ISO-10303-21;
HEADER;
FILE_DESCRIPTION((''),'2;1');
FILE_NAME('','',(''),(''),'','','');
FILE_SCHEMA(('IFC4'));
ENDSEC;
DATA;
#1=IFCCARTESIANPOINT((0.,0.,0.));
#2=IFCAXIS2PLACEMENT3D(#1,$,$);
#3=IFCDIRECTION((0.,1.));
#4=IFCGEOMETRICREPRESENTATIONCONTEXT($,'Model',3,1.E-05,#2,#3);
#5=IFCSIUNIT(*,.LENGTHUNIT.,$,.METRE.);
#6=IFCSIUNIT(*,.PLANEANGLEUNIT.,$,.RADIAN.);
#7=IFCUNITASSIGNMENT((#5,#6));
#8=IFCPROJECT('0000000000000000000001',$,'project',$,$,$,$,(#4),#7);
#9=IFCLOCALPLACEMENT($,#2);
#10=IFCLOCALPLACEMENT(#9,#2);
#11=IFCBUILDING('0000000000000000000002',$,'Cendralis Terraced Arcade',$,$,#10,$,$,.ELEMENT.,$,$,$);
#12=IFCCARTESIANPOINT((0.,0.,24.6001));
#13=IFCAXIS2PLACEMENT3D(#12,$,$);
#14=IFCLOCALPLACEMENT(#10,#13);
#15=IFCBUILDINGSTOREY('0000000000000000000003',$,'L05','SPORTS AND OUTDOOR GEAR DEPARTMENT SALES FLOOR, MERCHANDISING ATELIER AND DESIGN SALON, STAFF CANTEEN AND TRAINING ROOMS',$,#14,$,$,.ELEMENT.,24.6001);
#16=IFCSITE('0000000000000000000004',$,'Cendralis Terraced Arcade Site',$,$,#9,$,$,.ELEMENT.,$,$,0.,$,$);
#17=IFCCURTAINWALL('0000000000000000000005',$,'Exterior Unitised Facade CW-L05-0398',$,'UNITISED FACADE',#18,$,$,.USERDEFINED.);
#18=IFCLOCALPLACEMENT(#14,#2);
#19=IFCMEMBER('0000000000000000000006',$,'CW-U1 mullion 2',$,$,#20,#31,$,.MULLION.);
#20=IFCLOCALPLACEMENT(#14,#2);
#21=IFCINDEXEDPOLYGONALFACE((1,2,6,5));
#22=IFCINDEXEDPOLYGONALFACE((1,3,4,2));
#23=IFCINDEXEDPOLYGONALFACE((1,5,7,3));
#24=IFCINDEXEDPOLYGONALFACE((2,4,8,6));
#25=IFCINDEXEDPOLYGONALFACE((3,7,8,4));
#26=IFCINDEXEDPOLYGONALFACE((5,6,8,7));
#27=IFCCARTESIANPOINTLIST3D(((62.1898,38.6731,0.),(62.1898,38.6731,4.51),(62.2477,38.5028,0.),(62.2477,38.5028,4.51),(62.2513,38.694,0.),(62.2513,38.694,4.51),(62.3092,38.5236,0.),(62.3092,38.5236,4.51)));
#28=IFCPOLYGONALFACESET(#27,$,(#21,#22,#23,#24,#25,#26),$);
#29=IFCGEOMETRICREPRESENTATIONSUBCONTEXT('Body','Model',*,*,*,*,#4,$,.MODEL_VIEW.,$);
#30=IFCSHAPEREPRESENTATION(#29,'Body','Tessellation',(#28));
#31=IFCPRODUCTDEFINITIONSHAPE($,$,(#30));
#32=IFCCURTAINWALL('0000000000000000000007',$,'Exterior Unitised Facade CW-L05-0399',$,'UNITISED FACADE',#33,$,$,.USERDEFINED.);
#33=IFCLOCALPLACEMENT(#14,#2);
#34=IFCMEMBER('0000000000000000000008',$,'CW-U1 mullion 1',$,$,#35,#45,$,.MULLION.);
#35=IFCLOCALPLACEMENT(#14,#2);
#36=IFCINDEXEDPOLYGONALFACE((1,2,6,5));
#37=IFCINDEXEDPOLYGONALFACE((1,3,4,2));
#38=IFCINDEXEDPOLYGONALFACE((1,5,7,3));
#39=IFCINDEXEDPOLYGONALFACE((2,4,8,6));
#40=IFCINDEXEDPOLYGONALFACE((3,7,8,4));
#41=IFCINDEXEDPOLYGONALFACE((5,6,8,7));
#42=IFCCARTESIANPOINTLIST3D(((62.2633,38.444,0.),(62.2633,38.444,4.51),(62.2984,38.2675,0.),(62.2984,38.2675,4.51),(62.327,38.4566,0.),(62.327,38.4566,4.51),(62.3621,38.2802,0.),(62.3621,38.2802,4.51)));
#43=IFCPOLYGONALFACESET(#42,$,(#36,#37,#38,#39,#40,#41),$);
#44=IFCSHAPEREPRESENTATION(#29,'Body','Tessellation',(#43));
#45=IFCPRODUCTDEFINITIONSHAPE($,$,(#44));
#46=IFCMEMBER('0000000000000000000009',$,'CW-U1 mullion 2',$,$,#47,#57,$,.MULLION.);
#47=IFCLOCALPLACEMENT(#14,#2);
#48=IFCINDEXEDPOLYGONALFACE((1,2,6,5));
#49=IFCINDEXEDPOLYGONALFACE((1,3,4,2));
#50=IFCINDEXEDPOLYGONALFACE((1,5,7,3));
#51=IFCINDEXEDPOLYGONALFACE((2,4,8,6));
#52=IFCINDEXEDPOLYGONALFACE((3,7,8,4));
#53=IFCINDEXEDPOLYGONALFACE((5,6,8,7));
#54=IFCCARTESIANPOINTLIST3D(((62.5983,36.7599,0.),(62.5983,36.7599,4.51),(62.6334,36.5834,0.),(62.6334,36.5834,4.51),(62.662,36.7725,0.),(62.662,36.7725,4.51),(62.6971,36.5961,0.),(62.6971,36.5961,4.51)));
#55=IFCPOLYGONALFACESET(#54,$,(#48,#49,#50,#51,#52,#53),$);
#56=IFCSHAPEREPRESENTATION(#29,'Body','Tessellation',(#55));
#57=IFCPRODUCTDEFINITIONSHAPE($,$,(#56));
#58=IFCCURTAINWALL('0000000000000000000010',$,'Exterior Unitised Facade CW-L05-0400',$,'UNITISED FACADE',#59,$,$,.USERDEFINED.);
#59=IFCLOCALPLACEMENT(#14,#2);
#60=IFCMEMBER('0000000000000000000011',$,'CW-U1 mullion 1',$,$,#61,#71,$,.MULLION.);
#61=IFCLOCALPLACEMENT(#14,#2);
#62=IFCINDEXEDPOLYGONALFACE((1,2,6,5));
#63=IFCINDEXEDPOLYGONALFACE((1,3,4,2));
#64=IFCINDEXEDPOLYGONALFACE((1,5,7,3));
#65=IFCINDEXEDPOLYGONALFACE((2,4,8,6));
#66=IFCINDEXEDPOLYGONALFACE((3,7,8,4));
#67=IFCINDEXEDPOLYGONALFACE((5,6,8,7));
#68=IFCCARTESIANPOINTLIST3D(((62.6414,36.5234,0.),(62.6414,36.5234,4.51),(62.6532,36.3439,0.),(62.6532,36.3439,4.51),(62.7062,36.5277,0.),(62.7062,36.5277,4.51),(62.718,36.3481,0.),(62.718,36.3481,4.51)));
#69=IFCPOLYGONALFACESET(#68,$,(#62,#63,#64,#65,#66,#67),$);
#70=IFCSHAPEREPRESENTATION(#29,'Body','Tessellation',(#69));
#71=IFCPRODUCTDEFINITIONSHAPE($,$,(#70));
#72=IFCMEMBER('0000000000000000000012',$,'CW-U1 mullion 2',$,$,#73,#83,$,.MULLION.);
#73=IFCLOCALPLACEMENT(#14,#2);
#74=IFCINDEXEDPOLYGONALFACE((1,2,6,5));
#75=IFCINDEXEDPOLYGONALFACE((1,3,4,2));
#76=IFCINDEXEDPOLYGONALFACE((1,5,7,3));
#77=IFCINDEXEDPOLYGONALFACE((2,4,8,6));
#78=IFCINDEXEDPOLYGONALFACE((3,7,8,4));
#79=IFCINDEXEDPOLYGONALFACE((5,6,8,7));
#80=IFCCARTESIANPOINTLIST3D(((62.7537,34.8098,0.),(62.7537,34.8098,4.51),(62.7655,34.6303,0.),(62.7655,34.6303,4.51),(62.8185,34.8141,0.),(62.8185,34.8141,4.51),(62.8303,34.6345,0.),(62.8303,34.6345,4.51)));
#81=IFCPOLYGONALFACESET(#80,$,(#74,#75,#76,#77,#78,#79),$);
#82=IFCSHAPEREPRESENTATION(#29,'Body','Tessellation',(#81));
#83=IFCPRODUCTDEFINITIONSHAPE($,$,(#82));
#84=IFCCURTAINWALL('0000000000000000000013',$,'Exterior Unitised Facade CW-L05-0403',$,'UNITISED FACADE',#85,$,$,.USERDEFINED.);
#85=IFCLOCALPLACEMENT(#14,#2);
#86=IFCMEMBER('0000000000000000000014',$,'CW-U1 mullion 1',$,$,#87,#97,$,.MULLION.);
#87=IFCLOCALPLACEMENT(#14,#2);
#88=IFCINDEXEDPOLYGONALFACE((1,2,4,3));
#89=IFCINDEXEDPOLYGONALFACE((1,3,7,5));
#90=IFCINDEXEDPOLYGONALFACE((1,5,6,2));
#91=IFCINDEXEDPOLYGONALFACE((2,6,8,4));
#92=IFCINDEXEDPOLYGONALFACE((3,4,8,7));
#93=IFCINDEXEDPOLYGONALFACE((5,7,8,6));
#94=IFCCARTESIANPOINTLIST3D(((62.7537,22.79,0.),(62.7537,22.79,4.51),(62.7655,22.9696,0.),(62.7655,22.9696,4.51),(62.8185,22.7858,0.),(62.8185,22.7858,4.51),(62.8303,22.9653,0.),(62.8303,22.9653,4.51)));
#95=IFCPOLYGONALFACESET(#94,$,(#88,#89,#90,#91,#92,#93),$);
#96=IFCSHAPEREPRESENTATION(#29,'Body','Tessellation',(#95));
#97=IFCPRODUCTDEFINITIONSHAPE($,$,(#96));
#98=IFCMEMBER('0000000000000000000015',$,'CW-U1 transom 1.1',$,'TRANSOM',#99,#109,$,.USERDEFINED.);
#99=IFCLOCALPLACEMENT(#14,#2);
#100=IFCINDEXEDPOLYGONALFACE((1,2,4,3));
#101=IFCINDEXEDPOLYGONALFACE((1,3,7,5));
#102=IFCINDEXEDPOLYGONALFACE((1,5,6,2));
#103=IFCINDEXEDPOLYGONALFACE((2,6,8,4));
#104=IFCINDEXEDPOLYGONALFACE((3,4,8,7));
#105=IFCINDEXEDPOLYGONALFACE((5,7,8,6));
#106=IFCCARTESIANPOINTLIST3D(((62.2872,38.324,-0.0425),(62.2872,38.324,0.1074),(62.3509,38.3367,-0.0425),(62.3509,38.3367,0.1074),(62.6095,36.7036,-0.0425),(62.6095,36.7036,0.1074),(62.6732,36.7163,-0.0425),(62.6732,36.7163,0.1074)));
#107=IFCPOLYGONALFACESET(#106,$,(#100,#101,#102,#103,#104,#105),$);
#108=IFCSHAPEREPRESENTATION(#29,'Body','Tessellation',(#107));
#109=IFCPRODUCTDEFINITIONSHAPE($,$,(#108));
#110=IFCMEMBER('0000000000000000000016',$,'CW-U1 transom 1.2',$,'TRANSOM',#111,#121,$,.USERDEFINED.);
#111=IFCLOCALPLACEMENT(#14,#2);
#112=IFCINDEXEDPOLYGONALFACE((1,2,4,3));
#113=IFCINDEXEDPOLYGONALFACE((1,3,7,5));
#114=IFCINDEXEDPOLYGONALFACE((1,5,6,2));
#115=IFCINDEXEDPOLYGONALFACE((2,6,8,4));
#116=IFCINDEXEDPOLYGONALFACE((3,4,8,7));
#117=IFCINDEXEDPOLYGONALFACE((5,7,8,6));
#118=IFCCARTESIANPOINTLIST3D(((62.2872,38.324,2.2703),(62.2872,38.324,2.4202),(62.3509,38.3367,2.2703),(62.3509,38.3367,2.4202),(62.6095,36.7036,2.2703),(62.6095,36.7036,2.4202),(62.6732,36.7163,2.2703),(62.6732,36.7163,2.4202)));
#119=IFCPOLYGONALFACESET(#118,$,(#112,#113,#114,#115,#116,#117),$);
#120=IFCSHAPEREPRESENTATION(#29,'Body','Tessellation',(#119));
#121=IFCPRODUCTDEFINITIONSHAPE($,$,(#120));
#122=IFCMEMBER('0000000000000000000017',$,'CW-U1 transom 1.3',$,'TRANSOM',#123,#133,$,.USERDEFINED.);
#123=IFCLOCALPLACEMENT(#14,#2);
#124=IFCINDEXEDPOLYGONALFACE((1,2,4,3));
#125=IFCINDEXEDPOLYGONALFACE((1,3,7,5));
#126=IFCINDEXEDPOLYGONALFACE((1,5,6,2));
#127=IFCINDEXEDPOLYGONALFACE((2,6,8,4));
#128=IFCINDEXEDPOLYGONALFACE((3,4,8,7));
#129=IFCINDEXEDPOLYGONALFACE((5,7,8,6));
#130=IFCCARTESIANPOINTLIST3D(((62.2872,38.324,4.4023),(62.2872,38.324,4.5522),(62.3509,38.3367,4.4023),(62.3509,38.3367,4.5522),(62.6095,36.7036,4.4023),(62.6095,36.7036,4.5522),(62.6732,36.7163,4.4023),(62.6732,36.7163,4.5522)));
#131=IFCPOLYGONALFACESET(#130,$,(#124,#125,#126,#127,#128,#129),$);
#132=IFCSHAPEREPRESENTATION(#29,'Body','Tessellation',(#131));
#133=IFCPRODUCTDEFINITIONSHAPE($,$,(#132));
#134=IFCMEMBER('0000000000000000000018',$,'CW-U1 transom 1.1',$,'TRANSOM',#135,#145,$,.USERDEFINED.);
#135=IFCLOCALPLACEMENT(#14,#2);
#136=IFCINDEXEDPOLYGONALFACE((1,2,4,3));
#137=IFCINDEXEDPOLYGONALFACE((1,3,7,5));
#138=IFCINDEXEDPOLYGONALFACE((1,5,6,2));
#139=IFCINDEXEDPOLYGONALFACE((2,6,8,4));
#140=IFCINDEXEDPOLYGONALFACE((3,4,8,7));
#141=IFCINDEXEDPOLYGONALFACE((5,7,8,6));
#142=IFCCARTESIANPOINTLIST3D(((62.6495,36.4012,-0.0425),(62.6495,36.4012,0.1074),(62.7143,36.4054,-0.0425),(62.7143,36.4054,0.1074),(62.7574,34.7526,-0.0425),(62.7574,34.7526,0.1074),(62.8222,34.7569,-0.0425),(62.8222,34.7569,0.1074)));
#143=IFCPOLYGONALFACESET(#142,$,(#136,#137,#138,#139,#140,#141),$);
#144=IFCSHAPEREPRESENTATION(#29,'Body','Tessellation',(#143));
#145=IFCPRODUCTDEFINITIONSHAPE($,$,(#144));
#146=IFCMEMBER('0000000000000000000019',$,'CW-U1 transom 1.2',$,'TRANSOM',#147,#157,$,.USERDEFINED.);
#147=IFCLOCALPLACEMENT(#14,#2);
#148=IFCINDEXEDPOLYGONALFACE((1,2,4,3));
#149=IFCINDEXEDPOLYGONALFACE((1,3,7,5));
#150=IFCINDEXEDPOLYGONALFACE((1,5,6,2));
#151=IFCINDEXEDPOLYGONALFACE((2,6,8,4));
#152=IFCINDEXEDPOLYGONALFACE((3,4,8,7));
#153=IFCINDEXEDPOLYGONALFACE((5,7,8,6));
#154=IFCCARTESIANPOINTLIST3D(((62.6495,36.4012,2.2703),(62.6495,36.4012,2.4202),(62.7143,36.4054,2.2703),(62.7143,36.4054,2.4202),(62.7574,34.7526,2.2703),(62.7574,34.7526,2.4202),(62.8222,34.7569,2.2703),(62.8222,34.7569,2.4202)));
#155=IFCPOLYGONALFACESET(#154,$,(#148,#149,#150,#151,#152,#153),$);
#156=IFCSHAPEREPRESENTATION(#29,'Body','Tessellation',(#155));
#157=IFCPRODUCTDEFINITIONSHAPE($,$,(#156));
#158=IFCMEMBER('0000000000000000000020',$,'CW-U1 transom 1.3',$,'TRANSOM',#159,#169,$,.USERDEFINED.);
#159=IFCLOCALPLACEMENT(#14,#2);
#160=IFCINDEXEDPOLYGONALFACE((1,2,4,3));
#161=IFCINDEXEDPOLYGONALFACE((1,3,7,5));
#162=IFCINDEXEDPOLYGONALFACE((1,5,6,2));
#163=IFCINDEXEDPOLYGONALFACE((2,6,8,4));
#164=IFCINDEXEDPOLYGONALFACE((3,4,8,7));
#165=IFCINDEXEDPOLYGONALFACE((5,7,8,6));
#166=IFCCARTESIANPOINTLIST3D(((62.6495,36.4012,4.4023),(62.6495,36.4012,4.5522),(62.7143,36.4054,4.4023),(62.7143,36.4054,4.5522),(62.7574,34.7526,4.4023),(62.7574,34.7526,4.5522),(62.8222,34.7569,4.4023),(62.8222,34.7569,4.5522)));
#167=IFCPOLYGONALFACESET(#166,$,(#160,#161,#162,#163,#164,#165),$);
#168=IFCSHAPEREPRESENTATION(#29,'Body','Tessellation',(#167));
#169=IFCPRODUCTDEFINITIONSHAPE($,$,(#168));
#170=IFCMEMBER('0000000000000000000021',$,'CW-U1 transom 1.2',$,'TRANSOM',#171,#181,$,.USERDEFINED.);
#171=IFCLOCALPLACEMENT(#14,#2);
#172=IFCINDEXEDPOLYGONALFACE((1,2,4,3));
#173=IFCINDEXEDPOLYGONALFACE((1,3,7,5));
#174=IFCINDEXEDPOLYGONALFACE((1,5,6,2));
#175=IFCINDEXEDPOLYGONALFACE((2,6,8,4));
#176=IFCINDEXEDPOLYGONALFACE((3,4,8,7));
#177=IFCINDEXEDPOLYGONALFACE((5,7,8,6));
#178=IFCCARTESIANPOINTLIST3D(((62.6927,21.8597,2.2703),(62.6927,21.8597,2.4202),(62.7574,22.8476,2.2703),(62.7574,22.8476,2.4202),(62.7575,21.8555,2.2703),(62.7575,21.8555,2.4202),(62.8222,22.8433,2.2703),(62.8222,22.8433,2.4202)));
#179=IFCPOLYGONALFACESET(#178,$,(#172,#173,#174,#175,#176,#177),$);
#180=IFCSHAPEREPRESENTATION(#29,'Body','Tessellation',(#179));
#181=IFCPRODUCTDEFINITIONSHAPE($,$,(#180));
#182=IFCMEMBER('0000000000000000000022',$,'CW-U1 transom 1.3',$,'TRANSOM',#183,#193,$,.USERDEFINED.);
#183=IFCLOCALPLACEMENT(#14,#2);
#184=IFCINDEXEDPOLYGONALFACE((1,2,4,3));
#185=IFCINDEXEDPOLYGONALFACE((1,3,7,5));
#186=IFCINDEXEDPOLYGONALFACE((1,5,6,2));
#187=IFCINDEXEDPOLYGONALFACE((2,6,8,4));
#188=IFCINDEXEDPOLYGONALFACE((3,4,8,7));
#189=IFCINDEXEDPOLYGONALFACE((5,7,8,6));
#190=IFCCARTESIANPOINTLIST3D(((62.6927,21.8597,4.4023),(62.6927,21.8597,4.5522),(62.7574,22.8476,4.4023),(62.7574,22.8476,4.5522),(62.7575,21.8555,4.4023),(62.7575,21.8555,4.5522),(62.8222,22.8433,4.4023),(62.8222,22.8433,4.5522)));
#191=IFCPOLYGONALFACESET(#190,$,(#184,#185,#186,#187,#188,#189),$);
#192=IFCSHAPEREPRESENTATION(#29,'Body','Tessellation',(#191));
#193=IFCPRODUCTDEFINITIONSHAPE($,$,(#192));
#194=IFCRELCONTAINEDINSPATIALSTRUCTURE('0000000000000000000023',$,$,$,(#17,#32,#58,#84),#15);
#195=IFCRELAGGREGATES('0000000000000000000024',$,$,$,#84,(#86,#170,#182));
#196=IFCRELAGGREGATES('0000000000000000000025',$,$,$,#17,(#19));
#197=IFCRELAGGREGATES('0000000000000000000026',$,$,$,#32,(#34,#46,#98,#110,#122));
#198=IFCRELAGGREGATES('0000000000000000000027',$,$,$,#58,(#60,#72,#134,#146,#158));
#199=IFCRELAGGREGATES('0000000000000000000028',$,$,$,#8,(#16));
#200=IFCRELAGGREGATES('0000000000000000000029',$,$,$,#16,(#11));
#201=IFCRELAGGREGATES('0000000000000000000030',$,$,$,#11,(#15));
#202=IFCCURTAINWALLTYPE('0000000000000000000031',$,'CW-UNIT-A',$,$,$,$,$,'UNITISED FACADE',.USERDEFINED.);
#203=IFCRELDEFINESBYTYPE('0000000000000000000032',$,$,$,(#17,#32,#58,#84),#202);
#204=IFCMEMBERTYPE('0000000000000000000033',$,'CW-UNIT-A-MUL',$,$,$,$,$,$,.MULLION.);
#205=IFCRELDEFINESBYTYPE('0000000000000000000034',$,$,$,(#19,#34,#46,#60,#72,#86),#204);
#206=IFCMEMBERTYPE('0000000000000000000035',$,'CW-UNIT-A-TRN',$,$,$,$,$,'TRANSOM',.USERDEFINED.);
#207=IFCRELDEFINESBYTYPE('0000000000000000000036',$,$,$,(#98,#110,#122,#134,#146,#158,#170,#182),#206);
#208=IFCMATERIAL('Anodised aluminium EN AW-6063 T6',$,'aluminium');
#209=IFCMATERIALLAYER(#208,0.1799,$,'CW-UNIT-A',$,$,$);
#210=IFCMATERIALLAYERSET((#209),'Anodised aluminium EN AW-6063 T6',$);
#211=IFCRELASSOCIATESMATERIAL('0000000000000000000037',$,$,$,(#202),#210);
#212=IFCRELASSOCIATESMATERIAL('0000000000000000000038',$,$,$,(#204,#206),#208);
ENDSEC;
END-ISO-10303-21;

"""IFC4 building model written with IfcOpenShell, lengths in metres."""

from ifc_helpers import new_model, si_unit, direction, frame, origin, origin_2d, place, context, subcontext, project, spatial, rectangle, extrude, material, layer, layer_set, material_profile, profile_set, type_object, element, aggregate, save


model = new_model("IFC4")

# Units and contexts
model_context = context("Model", 3, precision=1e-05, world=origin(), true_north=direction((0.0, 1.0)))
body_context = subcontext(model_context, "Body", "Model", "MODEL_VIEW")
ifc_project = project(units=[si_unit("LENGTHUNIT", "METRE"), si_unit("PLANEANGLEUNIT", "RADIAN")], contexts=[model_context])

# Site, building, storey
site_placement = place(None, origin())
site = spatial("IfcSite", under=ifc_project, at=site_placement, Name="Cendralis Terraced Arcade Site", CompositionType="ELEMENT", RefElevation=0.0)
building_placement = place(site_placement, origin())
building = spatial("IfcBuilding", under=site, at=building_placement, Name="Cendralis Terraced Arcade", CompositionType="ELEMENT")
storey_placement = place(building_placement, frame((0.0, 0.0, 24.6001)))
storey = spatial("IfcBuildingStorey", under=building, at=storey_placement, Name="L05", Description="SPORTS AND OUTDOOR GEAR DEPARTMENT SALES FLOOR, MERCHANDISING ATELIER AND DESIGN SALON, STAFF CANTEEN AND TRAINING ROOMS", CompositionType="ELEMENT", Elevation=24.6001)

# Curtain wall, member
ifc_material_1 = material(Name="Anodised aluminium EN AW-6063 T6", Category="aluminium")
ifc_layer_1 = layer(ifc_material_1, 0.1799, Name="CW-UNIT-A")
ifc_layer_set_1 = layer_set([ifc_layer_1], Name="Anodised aluminium EN AW-6063 T6")
curtain_wall_type_1 = type_object("IfcCurtainWallType", Name="CW-UNIT-A", ElementType="UNITISED FACADE", PredefinedType="USERDEFINED", material=ifc_layer_set_1)
curtain_wall_1_placement = place(storey_placement, origin())
curtain_wall_1 = element("IfcCurtainWall", 1, at=curtain_wall_1_placement, inside=storey, type_object=curtain_wall_type_1, Name="Exterior Unitised Facade CW-L05-0398", ObjectType="UNITISED FACADE", PredefinedType="USERDEFINED")
ifc_material_profile_1 = material_profile(ifc_material_1, rectangle(XDim=0.0649, YDim=0.1799, at=origin_2d()), Name="ALU-MUL-65x180")
ifc_profile_set_1 = profile_set([ifc_material_profile_1], Name="Anodised aluminium EN AW-6063 T6")
member_type_1 = type_object("IfcMemberType", Name="CW-UNIT-A-MUL", PredefinedType="MULLION", material=ifc_profile_set_1)
member_1_placement = place(storey_placement, frame((62.2495, 38.5984, 0.0), z_axis=(0.0, 0.0, 1.0), x_axis=(0.946924, 0.321458, 0.0)))
member_1 = element("IfcMember", 2, at=member_1_placement, type_object=member_type_1, Name="CW-U1 mullion 2", PredefinedType="MULLION", context=body_context, shape_type="SweptSolid", body=[
    extrude(rectangle(XDim=0.0649, YDim=0.1799, at=origin_2d()), origin(), (0.0, 0.0, 1.0), 4.51),
])

# Curtain walls, members
curtain_wall_2_placement = place(storey_placement, origin())
curtain_wall_2 = element("IfcCurtainWall", 3, at=curtain_wall_2_placement, inside=storey, type_object=curtain_wall_type_1, Name="Exterior Unitised Facade CW-L05-0399", ObjectType="UNITISED FACADE", PredefinedType="USERDEFINED")
member_2_placement = place(storey_placement, frame((62.3127, 38.3621, 0.0), z_axis=(0.0, 0.0, 1.0), x_axis=(0.980792, 0.195058, 0.0)))
member_2 = element("IfcMember", 4, at=member_2_placement, type_object=member_type_1, Name="CW-U1 mullion 1", PredefinedType="MULLION", context=body_context, shape_type="SweptSolid", body=[
    extrude(rectangle(XDim=0.0649, YDim=0.1799, at=origin_2d()), origin(), (0.0, 0.0, 1.0), 4.51),
])
member_3_placement = place(storey_placement, frame((62.6477, 36.678, 0.0), z_axis=(0.0, 0.0, 1.0), x_axis=(0.980792, 0.195058, 0.0)))
member_3 = element("IfcMember", 5, at=member_3_placement, type_object=member_type_1, Name="CW-U1 mullion 2", PredefinedType="MULLION", context=body_context, shape_type="SweptSolid", body=[
    extrude(rectangle(XDim=0.0649, YDim=0.1799, at=origin_2d()), origin(), (0.0, 0.0, 1.0), 4.51),
])
curtain_wall_3_placement = place(storey_placement, origin())
curtain_wall_3 = element("IfcCurtainWall", 6, at=curtain_wall_3_placement, inside=storey, type_object=curtain_wall_type_1, Name="Exterior Unitised Facade CW-L05-0400", ObjectType="UNITISED FACADE", PredefinedType="USERDEFINED")
member_4_placement = place(storey_placement, frame((62.6797, 36.4358, 0.0), z_axis=(0.0, 0.0, 1.0), x_axis=(0.997861, 0.065372, 0.0)))
member_4 = element("IfcMember", 7, at=member_4_placement, type_object=member_type_1, Name="CW-U1 mullion 1", PredefinedType="MULLION", context=body_context, shape_type="SweptSolid", body=[
    extrude(rectangle(XDim=0.0649, YDim=0.1799, at=origin_2d()), origin(), (0.0, 0.0, 1.0), 4.51),
])
member_5_placement = place(storey_placement, frame((62.792, 34.7222, 0.0), z_axis=(0.0, 0.0, 1.0), x_axis=(0.997861, 0.065372, 0.0)))
member_5 = element("IfcMember", 8, at=member_5_placement, type_object=member_type_1, Name="CW-U1 mullion 2", PredefinedType="MULLION", context=body_context, shape_type="SweptSolid", body=[
    extrude(rectangle(XDim=0.0649, YDim=0.1799, at=origin_2d()), origin(), (0.0, 0.0, 1.0), 4.51),
])

# Curtain wall, member
curtain_wall_4_placement = place(storey_placement, origin())
curtain_wall_4 = element("IfcCurtainWall", 9, at=curtain_wall_4_placement, inside=storey, type_object=curtain_wall_type_1, Name="Exterior Unitised Facade CW-L05-0403", ObjectType="UNITISED FACADE", PredefinedType="USERDEFINED")
member_6_placement = place(storey_placement, frame((62.792, 22.8777, 0.0), z_axis=(0.0, 0.0, 1.0), x_axis=(0.99786, -0.065393, 0.0)))
member_6 = element("IfcMember", 10, at=member_6_placement, type_object=member_type_1, Name="CW-U1 mullion 1", PredefinedType="MULLION", context=body_context, shape_type="SweptSolid", body=[
    extrude(rectangle(XDim=0.0649, YDim=0.1799, at=origin_2d()), origin(), (0.0, 0.0, 1.0), 4.51),
])

# Members
ifc_material_profile_2 = material_profile(ifc_material_1, rectangle(XDim=0.0649, YDim=0.1499, at=origin_2d()), Name="ALU-TRN-65x150")
ifc_profile_set_2 = profile_set([ifc_material_profile_2], Name="Anodised aluminium EN AW-6063 T6")
member_type_2 = type_object("IfcMemberType", Name="CW-UNIT-A-TRN", ElementType="TRANSOM", PredefinedType="USERDEFINED", material=ifc_profile_set_2)
member_7_placement = place(storey_placement, frame((62.3191, 38.3303, 0.0325), z_axis=(0.195065, -0.98079, 0.0), x_axis=(0.98079, 0.195065, 0.0)))
member_7 = element("IfcMember", 11, at=member_7_placement, type_object=member_type_2, Name="CW-U1 transom 1.1", ObjectType="TRANSOM", PredefinedType="USERDEFINED", context=body_context, shape_type="SweptSolid", body=[
    extrude(rectangle(XDim=0.0649, YDim=0.1499, at=origin_2d()), origin(), (0.0, 0.0, 1.0), 1.6521),
])
member_8_placement = place(storey_placement, frame((62.3191, 38.3303, 2.3452), z_axis=(0.195065, -0.98079, 0.0), x_axis=(0.98079, 0.195065, 0.0)))
member_8 = element("IfcMember", 12, at=member_8_placement, type_object=member_type_2, Name="CW-U1 transom 1.2", ObjectType="TRANSOM", PredefinedType="USERDEFINED", context=body_context, shape_type="SweptSolid", body=[
    extrude(rectangle(XDim=0.0649, YDim=0.1499, at=origin_2d()), origin(), (0.0, 0.0, 1.0), 1.6521),
])
member_9_placement = place(storey_placement, frame((62.3191, 38.3303, 4.4773), z_axis=(0.195065, -0.98079, 0.0), x_axis=(0.98079, 0.195065, 0.0)))
member_9 = element("IfcMember", 13, at=member_9_placement, type_object=member_type_2, Name="CW-U1 transom 1.3", ObjectType="TRANSOM", PredefinedType="USERDEFINED", context=body_context, shape_type="SweptSolid", body=[
    extrude(rectangle(XDim=0.0649, YDim=0.1499, at=origin_2d()), origin(), (0.0, 0.0, 1.0), 1.6521),
])
member_10_placement = place(storey_placement, frame((62.6819, 36.4033, 0.0325), z_axis=(0.065313, -0.997865, 0.0), x_axis=(0.997865, 0.065313, 0.0)))
member_10 = element("IfcMember", 14, at=member_10_placement, type_object=member_type_2, Name="CW-U1 transom 1.1", ObjectType="TRANSOM", PredefinedType="USERDEFINED", context=body_context, shape_type="SweptSolid", body=[
    extrude(rectangle(XDim=0.0649, YDim=0.1499, at=origin_2d()), origin(), (0.0, 0.0, 1.0), 1.6521),
])
member_11_placement = place(storey_placement, frame((62.6819, 36.4033, 2.3452), z_axis=(0.065313, -0.997865, 0.0), x_axis=(0.997865, 0.065313, 0.0)))
member_11 = element("IfcMember", 15, at=member_11_placement, type_object=member_type_2, Name="CW-U1 transom 1.2", ObjectType="TRANSOM", PredefinedType="USERDEFINED", context=body_context, shape_type="SweptSolid", body=[
    extrude(rectangle(XDim=0.0649, YDim=0.1499, at=origin_2d()), origin(), (0.0, 0.0, 1.0), 1.6521),
])
member_12_placement = place(storey_placement, frame((62.6819, 36.4033, 4.4773), z_axis=(0.065313, -0.997865, 0.0), x_axis=(0.997865, 0.065313, 0.0)))
member_12 = element("IfcMember", 16, at=member_12_placement, type_object=member_type_2, Name="CW-U1 transom 1.3", ObjectType="TRANSOM", PredefinedType="USERDEFINED", context=body_context, shape_type="SweptSolid", body=[
    extrude(rectangle(XDim=0.0649, YDim=0.1499, at=origin_2d()), origin(), (0.0, 0.0, 1.0), 1.6521),
])
member_13_placement = place(storey_placement, frame((62.7898, 22.8455, 2.3452), z_axis=(-0.065357, -0.997862, 0.0), x_axis=(0.997862, -0.065357, 0.0)))
member_13 = element("IfcMember", 17, at=member_13_placement, type_object=member_type_2, Name="CW-U1 transom 1.2", ObjectType="TRANSOM", PredefinedType="USERDEFINED", context=body_context, shape_type="SweptSolid", body=[
    extrude(rectangle(XDim=0.0649, YDim=0.1499, at=origin_2d()), origin(), (0.0, 0.0, 1.0), 0.99),
])
member_14_placement = place(storey_placement, frame((62.7898, 22.8455, 4.4773), z_axis=(-0.065357, -0.997862, 0.0), x_axis=(0.997862, -0.065357, 0.0)))
member_14 = element("IfcMember", 18, at=member_14_placement, type_object=member_type_2, Name="CW-U1 transom 1.3", ObjectType="TRANSOM", PredefinedType="USERDEFINED", context=body_context, shape_type="SweptSolid", body=[
    extrude(rectangle(XDim=0.0649, YDim=0.1499, at=origin_2d()), origin(), (0.0, 0.0, 1.0), 0.99),
])
aggregate(curtain_wall_4, [member_6, member_13, member_14])

aggregate(curtain_wall_1, [member_1])
aggregate(curtain_wall_2, [member_2, member_3, member_7, member_8, member_9])
aggregate(curtain_wall_3, [member_4, member_5, member_10, member_11, member_12])

save(model, "model.ifc")
